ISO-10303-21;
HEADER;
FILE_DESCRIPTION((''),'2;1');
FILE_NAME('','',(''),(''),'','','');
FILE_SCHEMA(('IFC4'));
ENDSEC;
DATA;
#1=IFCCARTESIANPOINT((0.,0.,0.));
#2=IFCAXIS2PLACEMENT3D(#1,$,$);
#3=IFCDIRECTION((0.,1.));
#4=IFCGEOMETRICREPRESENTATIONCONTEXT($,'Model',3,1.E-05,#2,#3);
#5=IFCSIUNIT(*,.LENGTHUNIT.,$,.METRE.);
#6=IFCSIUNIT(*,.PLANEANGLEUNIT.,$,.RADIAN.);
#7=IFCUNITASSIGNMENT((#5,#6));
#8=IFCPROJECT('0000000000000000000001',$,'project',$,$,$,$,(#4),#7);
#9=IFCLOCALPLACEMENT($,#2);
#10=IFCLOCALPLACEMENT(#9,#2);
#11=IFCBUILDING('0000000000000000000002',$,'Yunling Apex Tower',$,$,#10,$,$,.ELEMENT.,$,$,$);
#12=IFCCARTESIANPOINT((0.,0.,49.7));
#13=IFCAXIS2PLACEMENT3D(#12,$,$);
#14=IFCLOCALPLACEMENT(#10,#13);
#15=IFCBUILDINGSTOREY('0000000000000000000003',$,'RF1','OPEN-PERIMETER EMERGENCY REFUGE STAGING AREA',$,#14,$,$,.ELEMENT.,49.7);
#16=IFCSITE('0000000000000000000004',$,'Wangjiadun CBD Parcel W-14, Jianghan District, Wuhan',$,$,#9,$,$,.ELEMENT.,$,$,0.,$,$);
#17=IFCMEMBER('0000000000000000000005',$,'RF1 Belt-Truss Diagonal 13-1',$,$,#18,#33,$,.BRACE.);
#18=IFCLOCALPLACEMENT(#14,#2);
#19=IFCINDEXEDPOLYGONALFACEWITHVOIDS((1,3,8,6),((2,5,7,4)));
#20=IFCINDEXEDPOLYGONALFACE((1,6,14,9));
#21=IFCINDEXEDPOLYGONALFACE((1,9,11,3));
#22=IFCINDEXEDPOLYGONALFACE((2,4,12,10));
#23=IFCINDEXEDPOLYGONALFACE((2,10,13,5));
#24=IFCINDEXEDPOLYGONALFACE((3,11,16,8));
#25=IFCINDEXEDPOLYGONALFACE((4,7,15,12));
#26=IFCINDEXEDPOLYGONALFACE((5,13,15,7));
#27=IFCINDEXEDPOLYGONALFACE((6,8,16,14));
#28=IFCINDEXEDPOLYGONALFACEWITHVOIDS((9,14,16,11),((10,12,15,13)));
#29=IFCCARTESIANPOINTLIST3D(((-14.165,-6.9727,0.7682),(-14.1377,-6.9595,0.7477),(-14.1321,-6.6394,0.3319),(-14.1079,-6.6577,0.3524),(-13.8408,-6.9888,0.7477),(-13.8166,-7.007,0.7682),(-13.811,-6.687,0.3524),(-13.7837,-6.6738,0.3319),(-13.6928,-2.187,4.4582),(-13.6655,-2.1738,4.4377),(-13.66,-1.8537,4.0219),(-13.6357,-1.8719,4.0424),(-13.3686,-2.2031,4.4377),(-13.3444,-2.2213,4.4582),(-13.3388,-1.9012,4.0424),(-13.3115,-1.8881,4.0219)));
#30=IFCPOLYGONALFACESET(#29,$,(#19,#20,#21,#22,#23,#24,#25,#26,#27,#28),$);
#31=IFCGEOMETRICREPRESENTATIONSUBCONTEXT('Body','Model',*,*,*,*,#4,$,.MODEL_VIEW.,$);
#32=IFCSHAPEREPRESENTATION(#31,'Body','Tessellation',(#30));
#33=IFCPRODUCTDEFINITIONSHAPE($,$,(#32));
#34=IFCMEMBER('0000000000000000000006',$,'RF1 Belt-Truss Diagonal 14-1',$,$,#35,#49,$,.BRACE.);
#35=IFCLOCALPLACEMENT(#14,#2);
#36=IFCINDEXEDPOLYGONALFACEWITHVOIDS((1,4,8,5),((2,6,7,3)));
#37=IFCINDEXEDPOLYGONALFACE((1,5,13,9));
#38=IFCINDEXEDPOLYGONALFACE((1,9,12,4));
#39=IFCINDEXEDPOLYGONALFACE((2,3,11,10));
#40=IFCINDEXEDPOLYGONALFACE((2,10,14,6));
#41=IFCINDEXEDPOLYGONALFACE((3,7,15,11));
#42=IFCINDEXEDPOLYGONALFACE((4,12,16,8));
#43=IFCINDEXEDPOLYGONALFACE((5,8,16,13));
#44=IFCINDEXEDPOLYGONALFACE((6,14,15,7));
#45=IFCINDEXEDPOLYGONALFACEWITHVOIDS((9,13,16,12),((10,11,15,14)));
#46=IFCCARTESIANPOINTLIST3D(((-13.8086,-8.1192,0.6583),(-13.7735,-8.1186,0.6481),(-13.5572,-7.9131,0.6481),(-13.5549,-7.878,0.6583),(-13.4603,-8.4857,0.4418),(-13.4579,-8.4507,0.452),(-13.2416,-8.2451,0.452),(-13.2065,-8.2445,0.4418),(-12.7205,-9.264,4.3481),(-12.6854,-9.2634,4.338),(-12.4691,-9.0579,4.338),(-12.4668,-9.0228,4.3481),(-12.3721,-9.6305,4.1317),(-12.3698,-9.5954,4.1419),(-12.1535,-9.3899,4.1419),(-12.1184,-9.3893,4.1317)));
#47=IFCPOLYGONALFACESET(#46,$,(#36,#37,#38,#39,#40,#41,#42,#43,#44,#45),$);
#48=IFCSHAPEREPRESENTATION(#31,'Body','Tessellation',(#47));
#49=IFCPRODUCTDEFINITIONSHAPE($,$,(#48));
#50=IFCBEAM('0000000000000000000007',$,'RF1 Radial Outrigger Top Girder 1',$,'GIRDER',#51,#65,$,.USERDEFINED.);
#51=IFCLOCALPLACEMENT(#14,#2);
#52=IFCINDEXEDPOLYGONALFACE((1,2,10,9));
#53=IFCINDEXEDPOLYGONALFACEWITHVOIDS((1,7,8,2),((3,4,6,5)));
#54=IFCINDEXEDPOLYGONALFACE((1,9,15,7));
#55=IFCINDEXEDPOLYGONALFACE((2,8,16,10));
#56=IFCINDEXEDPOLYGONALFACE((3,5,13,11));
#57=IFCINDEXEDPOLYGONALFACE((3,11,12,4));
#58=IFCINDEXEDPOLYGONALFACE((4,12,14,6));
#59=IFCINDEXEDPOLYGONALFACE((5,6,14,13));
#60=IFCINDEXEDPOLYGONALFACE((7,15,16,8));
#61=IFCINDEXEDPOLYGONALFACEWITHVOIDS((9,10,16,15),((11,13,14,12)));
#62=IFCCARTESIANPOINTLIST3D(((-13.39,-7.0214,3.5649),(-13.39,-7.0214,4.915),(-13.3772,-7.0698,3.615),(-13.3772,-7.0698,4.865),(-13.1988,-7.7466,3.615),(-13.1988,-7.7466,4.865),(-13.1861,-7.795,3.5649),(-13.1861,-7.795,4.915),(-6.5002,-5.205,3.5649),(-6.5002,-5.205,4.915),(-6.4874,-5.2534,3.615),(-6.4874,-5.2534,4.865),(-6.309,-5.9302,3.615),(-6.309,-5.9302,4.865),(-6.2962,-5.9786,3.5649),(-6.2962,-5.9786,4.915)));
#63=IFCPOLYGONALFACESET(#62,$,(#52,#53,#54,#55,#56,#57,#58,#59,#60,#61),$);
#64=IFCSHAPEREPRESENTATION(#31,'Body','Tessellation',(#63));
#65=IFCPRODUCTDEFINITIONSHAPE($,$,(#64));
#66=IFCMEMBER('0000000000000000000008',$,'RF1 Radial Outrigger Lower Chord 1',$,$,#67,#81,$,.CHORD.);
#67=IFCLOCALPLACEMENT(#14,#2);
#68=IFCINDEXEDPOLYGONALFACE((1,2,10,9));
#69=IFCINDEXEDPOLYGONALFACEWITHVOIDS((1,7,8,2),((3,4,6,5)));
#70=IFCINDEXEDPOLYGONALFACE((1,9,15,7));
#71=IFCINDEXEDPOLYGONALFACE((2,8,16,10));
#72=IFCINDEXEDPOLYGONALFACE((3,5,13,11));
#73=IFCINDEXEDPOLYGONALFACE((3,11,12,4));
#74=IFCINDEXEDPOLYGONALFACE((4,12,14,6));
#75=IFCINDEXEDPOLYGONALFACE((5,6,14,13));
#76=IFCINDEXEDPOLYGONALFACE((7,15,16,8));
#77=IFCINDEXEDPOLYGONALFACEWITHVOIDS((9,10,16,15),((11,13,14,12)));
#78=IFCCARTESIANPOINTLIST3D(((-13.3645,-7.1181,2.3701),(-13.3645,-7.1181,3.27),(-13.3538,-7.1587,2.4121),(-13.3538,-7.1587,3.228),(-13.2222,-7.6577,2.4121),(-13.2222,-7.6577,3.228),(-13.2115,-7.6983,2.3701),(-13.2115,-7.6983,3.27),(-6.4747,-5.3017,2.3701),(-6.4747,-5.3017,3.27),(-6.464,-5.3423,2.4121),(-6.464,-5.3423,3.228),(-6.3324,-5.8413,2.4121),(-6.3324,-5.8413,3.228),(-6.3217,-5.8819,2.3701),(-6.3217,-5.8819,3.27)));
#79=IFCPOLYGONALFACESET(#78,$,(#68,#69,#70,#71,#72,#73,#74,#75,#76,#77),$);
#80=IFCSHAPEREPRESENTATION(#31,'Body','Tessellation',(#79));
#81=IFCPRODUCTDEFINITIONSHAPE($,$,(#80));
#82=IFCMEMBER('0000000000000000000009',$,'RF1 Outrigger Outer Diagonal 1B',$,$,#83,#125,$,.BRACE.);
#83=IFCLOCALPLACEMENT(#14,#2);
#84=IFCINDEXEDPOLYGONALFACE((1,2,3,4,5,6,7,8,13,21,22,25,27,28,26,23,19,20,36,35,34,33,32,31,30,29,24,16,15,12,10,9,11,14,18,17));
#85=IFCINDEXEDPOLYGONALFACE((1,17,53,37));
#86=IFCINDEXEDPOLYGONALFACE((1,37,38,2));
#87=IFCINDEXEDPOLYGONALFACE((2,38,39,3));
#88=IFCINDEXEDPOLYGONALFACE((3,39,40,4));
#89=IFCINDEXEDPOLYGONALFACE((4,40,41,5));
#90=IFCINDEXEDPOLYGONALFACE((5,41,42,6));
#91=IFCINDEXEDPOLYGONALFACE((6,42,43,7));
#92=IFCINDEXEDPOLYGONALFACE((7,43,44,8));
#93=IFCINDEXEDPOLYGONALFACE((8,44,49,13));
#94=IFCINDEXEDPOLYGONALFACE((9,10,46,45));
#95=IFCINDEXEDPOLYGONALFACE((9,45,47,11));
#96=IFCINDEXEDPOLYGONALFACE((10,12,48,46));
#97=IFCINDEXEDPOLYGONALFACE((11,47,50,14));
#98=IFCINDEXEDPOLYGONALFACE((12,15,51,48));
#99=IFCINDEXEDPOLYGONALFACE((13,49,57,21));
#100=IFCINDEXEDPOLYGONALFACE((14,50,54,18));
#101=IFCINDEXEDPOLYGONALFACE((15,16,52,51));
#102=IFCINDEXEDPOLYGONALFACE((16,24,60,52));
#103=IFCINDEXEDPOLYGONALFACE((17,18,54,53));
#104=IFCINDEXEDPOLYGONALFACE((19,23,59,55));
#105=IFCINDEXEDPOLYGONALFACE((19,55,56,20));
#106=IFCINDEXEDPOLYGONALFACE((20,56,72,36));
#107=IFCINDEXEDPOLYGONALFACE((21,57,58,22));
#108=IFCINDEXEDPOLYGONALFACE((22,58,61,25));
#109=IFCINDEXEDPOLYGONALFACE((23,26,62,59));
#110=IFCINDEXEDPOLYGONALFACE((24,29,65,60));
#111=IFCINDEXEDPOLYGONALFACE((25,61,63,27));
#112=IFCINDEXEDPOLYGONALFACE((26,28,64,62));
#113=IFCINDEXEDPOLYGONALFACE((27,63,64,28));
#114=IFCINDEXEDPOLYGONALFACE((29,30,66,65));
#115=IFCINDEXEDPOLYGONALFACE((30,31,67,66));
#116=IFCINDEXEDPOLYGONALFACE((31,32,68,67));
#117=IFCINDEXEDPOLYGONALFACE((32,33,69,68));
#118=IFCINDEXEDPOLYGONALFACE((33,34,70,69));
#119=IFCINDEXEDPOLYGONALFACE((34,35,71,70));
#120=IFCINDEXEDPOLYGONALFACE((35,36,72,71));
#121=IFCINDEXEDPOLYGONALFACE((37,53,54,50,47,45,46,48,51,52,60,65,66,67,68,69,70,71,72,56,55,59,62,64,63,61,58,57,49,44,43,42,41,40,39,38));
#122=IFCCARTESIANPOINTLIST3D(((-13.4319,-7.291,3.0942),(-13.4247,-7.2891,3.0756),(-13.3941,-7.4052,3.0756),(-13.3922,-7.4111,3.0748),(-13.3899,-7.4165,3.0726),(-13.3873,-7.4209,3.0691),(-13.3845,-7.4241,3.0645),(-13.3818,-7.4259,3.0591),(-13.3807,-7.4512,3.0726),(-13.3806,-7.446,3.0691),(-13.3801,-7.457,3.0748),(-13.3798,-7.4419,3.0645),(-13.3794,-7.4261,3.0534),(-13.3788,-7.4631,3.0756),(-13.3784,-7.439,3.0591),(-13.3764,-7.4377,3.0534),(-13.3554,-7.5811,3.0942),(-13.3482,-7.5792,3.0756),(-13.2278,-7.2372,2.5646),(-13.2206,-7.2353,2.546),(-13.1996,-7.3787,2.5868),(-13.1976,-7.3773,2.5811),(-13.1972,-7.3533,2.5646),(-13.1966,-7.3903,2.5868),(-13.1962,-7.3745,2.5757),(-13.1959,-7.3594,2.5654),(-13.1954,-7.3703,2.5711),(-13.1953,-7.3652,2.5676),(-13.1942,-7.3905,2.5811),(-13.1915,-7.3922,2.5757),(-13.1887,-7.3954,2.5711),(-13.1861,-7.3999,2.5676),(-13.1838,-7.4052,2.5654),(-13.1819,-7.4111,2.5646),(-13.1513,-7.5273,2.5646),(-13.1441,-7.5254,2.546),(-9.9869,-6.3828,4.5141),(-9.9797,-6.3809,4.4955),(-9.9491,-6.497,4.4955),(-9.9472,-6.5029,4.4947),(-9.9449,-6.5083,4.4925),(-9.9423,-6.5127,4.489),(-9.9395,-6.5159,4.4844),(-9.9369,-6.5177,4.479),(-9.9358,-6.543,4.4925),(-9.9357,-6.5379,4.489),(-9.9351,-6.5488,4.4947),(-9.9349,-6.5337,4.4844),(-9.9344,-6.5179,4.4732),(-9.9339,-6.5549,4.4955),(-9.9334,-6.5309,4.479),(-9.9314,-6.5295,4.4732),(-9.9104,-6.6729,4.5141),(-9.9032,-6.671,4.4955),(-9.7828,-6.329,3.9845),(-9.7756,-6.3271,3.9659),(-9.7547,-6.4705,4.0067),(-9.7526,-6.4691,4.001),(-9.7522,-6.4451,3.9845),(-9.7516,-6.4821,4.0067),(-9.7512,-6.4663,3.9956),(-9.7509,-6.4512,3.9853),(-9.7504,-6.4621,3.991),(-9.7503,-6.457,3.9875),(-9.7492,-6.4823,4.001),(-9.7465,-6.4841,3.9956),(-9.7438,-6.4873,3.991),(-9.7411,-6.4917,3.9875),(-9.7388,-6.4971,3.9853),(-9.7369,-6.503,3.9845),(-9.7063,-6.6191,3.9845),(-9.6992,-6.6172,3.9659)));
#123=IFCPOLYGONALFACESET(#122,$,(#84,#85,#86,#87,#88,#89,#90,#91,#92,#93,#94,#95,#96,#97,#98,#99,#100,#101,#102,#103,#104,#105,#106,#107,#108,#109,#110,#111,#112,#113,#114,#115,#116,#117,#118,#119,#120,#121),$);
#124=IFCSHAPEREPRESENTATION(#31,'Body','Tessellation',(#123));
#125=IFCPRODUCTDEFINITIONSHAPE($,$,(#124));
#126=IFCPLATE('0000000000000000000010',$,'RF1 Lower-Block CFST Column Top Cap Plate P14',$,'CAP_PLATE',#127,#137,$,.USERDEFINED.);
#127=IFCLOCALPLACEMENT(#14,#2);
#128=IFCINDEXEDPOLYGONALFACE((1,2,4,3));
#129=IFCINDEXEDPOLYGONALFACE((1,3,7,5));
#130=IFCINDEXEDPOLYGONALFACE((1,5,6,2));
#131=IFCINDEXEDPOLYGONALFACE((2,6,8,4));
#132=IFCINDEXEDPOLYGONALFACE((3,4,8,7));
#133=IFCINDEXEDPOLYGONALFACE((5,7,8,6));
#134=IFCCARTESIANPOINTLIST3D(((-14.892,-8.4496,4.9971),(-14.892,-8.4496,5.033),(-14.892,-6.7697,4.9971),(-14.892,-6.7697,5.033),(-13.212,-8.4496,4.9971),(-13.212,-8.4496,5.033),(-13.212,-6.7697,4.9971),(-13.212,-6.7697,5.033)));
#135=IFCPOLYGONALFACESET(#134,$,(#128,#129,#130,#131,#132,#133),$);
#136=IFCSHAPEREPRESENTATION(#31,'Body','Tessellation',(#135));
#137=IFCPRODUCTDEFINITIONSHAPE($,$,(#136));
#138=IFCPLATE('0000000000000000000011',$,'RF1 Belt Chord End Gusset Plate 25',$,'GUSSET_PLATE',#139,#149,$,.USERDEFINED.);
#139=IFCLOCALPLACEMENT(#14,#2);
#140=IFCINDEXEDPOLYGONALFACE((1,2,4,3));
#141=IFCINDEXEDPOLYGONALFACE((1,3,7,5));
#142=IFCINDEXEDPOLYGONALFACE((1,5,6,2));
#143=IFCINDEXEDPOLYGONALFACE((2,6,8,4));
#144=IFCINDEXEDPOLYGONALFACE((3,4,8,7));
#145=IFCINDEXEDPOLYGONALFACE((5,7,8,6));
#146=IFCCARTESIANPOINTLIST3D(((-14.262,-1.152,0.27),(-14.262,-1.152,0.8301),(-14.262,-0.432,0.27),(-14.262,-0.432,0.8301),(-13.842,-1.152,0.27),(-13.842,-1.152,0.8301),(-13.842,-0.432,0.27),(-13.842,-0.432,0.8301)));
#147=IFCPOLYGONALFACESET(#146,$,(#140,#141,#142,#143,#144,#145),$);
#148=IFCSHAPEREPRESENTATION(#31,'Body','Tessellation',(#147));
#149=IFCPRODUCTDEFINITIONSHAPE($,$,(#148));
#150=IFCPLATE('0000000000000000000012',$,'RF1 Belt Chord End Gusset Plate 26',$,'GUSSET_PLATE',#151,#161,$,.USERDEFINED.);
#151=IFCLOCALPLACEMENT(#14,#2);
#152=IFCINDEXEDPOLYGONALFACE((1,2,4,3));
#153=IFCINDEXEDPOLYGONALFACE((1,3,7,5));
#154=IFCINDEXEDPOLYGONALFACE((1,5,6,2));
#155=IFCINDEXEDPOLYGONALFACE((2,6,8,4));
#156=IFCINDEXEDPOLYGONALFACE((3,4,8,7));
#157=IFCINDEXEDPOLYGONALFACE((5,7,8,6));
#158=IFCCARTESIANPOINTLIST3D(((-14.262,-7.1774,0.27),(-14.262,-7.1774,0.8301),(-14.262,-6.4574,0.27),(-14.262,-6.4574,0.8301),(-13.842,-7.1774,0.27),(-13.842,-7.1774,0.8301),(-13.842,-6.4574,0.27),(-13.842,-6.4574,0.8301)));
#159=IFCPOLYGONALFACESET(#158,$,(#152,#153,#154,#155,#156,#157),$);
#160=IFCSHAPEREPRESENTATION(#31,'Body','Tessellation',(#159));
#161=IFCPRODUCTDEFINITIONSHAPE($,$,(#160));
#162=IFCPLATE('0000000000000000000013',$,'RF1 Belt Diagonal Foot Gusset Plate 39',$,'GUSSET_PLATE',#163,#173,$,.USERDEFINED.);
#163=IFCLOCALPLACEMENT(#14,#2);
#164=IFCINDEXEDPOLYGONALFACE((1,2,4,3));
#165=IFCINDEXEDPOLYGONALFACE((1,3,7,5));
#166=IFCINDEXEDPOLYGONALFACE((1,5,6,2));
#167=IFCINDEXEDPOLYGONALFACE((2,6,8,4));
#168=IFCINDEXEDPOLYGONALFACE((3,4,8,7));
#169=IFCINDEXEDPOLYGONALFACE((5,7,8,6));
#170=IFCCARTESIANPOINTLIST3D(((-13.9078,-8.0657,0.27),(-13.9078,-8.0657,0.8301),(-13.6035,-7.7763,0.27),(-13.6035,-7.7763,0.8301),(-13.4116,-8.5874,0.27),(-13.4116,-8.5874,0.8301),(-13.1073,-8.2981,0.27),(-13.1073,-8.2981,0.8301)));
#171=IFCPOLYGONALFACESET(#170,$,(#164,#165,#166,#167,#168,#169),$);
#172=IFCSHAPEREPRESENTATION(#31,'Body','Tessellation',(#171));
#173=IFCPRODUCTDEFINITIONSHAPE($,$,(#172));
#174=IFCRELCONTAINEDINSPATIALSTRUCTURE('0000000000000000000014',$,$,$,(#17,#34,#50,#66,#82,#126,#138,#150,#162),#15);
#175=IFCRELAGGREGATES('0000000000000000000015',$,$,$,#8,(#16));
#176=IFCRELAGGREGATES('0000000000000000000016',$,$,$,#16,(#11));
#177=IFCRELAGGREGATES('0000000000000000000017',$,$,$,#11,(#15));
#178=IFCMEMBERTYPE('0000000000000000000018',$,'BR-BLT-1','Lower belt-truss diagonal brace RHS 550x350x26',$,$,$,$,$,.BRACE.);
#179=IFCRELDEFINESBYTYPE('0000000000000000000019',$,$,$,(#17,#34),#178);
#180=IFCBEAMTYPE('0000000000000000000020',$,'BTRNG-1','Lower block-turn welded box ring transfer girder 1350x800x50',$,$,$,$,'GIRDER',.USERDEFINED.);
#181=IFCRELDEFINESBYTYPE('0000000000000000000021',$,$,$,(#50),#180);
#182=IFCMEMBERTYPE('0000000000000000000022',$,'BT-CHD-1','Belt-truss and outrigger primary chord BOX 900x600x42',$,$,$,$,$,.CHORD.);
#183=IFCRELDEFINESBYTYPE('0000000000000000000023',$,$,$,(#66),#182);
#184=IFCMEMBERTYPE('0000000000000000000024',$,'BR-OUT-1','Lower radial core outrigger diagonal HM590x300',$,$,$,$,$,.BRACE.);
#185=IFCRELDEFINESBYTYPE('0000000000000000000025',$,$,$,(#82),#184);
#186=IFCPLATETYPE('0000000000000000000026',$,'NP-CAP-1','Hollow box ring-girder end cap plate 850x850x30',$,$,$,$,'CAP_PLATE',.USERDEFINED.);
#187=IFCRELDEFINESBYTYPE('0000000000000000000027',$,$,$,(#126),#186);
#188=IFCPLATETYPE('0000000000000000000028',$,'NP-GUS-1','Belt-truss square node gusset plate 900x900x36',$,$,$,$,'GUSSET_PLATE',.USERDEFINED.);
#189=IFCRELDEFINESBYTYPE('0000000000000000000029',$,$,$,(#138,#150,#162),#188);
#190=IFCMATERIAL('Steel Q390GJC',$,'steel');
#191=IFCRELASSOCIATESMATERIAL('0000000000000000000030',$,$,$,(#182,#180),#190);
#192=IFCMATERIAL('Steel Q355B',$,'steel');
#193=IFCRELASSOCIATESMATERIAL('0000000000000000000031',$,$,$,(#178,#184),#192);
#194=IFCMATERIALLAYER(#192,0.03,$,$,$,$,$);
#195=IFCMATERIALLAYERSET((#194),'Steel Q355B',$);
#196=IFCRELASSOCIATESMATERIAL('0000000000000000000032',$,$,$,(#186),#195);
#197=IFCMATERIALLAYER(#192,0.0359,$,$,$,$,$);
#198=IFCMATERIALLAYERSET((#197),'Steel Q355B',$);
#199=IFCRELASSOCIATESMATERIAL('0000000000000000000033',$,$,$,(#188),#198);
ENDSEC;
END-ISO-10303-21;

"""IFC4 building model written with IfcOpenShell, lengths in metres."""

from ifc_helpers import new_model, si_unit, direction, frame, origin, origin_2d, place, context, subcontext, project, spatial, rectangle, hollow_rectangle, i_section, extrude, source, transform, mapped, material, layer, layer_set, material_profile, profile_set, type_object, element, save


model = new_model("IFC4")

# Units and contexts
model_context = context("Model", 3, precision=1e-05, world=origin(), true_north=direction((0.0, 1.0)))
body_context = subcontext(model_context, "Body", "Model", "MODEL_VIEW")
ifc_project = project(units=[si_unit("LENGTHUNIT", "METRE"), si_unit("PLANEANGLEUNIT", "RADIAN")], contexts=[model_context])

# Site, building, storey
site_placement = place(None, origin())
site = spatial("IfcSite", under=ifc_project, at=site_placement, Name="Wangjiadun CBD Parcel W-14, Jianghan District, Wuhan", CompositionType="ELEMENT", RefElevation=0.0)
building_placement = place(site_placement, origin())
building = spatial("IfcBuilding", under=site, at=building_placement, Name="Yunling Apex Tower", CompositionType="ELEMENT")
storey_placement = place(building_placement, frame((0.0, 0.0, 49.7)))
storey = spatial("IfcBuildingStorey", under=building, at=storey_placement, Name="RF1", Description="OPEN-PERIMETER EMERGENCY REFUGE STAGING AREA", CompositionType="ELEMENT", Elevation=49.7)

# Shared definitions
ifc_material_1 = material(Name="Steel Q390GJC", Category="steel")

# Shared definitions
ifc_material_profile_1 = material_profile(ifc_material_1, hollow_rectangle(XDim=0.6001, YDim=0.8999, WallThickness=0.042, at=origin_2d()))
ifc_profile_set_1 = profile_set([ifc_material_profile_1], Name="Steel Q390GJC")
member_type_1 = type_object("IfcMemberType", Name="BT-CHD-1", Description="Belt-truss and outrigger primary chord BOX 900x600x42", PredefinedType="CHORD", material=ifc_profile_set_1)

# Shared definitions
ifc_material_profile_2 = material_profile(ifc_material_1, hollow_rectangle(XDim=0.8, YDim=1.3501, WallThickness=0.05, at=origin_2d()))
ifc_profile_set_2 = profile_set([ifc_material_profile_2], Name="Steel Q390GJC")
beam_type = type_object("IfcBeamType", Name="BTRNG-1", Description="Lower block-turn welded box ring transfer girder 1350x800x50", ElementType="GIRDER", PredefinedType="USERDEFINED", material=ifc_profile_set_2)

# Members
ifc_material_2 = material(Name="Steel Q355B", Category="steel")
ifc_material_profile_3 = material_profile(ifc_material_2, hollow_rectangle(XDim=0.3501, YDim=0.55, WallThickness=0.0259, at=origin_2d()))
ifc_profile_set_3 = profile_set([ifc_material_profile_3], Name="Steel Q355B")
member_type_2 = type_object("IfcMemberType", Name="BR-BLT-1", Description="Lower belt-truss diagonal brace RHS 550x350x26", PredefinedType="BRACE", material=ifc_profile_set_3)
shared_shape_1 = source(origin(), body_context, "Body", "SweptSolid", [
    extrude(hollow_rectangle(XDim=0.3501, YDim=0.55, WallThickness=0.0259, at=origin_2d()), origin(), (0.0, 0.0, 1.0), 6.0615),
])
member_1_placement = place(storey_placement, frame((-13.9744, -6.8232, 0.55), z_axis=(0.077897, 0.789523, 0.608757), x_axis=(-0.995168, 0.098187, 0.0)))
element("IfcMember", 1, at=member_1_placement, inside=storey, type_object=member_type_2, Name="RF1 Belt-Truss Diagonal 13-1", PredefinedType="BRACE", context=body_context, shape_type="MappedRepresentation", body=[
    mapped(shared_shape_1, transform((0.0, 0.0, 0.0), scale=1.0)),
])
shared_shape_2 = source(origin(), body_context, "Body", "SweptSolid", [
    extrude(hollow_rectangle(XDim=0.3501, YDim=0.55, WallThickness=0.0259, at=origin_2d()), origin(), (0.0, 0.0, 1.0), 4.0137),
])
member_2_placement = place(storey_placement, frame((-13.5076, -8.1819, 0.55), z_axis=(0.271102, -0.285213, 0.919324), x_axis=(0.72481, 0.688948, 0.0)))
element("IfcMember", 2, at=member_2_placement, inside=storey, type_object=member_type_2, Name="RF1 Belt-Truss Diagonal 14-1", PredefinedType="BRACE", context=body_context, shape_type="MappedRepresentation", body=[
    mapped(shared_shape_2, transform((0.0, 0.0, 0.0), scale=1.0)),
])

# Beam
shared_shape_3 = source(origin(), body_context, "Body", "SweptSolid", [
    extrude(hollow_rectangle(XDim=0.8, YDim=1.3501, WallThickness=0.05, at=origin_2d()), origin(), (0.0, 0.0, 1.0), 7.1252),
])
beam_1_placement = place(storey_placement, frame((-6.3982, -5.5918, 4.24), z_axis=(-0.966961, -0.254923, 0.0), x_axis=(0.254923, -0.966961, 0.0)))
element("IfcBeam", 3, at=beam_1_placement, inside=storey, type_object=beam_type, Name="RF1 Radial Outrigger Top Girder 1", ObjectType="GIRDER", PredefinedType="USERDEFINED", context=body_context, shape_type="MappedRepresentation", body=[
    mapped(shared_shape_3, transform((0.0, 0.0, 0.0), scale=1.0)),
])

# Members
shared_shape_4 = source(origin(), body_context, "Body", "SweptSolid", [
    extrude(hollow_rectangle(XDim=0.6001, YDim=0.8999, WallThickness=0.042, at=origin_2d()), origin(), (0.0, 0.0, 1.0), 7.1252),
])
member_3_placement = place(storey_placement, frame((-6.3982, -5.5918, 2.8201), z_axis=(-0.966961, -0.254923, 0.0), x_axis=(0.254923, -0.966961, 0.0)))
element("IfcMember", 4, at=member_3_placement, inside=storey, type_object=member_type_1, Name="RF1 Radial Outrigger Lower Chord 1", PredefinedType="CHORD", context=body_context, shape_type="MappedRepresentation", body=[
    mapped(shared_shape_4, transform((0.0, 0.0, 0.0), scale=1.0)),
])
ifc_material_profile_4 = material_profile(ifc_material_2, i_section(OverallWidth=0.3, OverallDepth=0.5901, WebThickness=0.012, FlangeThickness=0.02, FilletRadius=0.0239, at=origin_2d()))
ifc_profile_set_4 = profile_set([ifc_material_profile_4], Name="Steel Q355B")
member_type_3 = type_object("IfcMemberType", Name="BR-OUT-1", Description="Lower radial core outrigger diagonal HM590x300", PredefinedType="BRACE", material=ifc_profile_set_4)
shared_shape_5 = source(origin(), body_context, "Body", "SweptSolid", [
    extrude(i_section(OverallWidth=0.3, OverallDepth=0.5901, WebThickness=0.012, FlangeThickness=0.02, FilletRadius=0.0239, at=origin_2d()), origin(), (0.0, 0.0, 1.0), 3.8352),
])
member_4_placement = place(storey_placement, frame((-9.843, -6.5, 4.24), z_axis=(-0.898253, -0.236801, -0.370225), x_axis=(0.254915, -0.966963, 0.0)))
element("IfcMember", 5, at=member_4_placement, inside=storey, type_object=member_type_3, Name="RF1 Outrigger Outer Diagonal 1B", PredefinedType="BRACE", context=body_context, shape_type="MappedRepresentation", body=[
    mapped(shared_shape_5, transform((0.0, 0.0, 0.0), scale=1.0)),
])

# Plates
ifc_layer_1 = layer(ifc_material_2, 0.03)
ifc_layer_set_1 = layer_set([ifc_layer_1], Name="Steel Q355B")
plate_type_1 = type_object("IfcPlateType", Name="NP-CAP-1", Description="Hollow box ring-girder end cap plate 850x850x30", ElementType="CAP_PLATE", PredefinedType="USERDEFINED", material=ifc_layer_set_1)
shared_shape_6 = source(origin(), body_context, "Body", "SweptSolid", [
    extrude(rectangle(XDim=1.6799, YDim=1.6799, at=origin_2d()), origin(), (0.0, 0.0, 1.0), 0.0359),
])
plate_1_placement = place(storey_placement, frame((-14.052, -7.6096, 4.9971), z_axis=(0.0, 0.0, 1.0), x_axis=(1.0, 0.0, 0.0)))
element("IfcPlate", 6, at=plate_1_placement, inside=storey, type_object=plate_type_1, Name="RF1 Lower-Block CFST Column Top Cap Plate P14", ObjectType="CAP_PLATE", PredefinedType="USERDEFINED", context=body_context, shape_type="MappedRepresentation", body=[
    mapped(shared_shape_6, transform((0.0, 0.0, 0.0), scale=1.0)),
])
ifc_layer_2 = layer(ifc_material_2, 0.0359)
ifc_layer_set_2 = layer_set([ifc_layer_2], Name="Steel Q355B")
plate_type_2 = type_object("IfcPlateType", Name="NP-GUS-1", Description="Belt-truss square node gusset plate 900x900x36", ElementType="GUSSET_PLATE", PredefinedType="USERDEFINED", material=ifc_layer_set_2)
shared_shape_7 = source(origin(), body_context, "Body", "SweptSolid", [
    extrude(rectangle(XDim=0.72, YDim=0.4199, at=origin_2d()), origin(), (0.0, 0.0, 1.0), 0.5601),
])
for number, where, z_axis, x_axis, name in (
    (7, (-14.052, -0.792, 0.27), (0.0, 0.0, 1.0), (0.0, -1.0, 0.0), "RF1 Belt Chord End Gusset Plate 25"),
    (8, (-14.052, -6.8174, 0.27), (0.0, 0.0, 1.0), (0.0, -1.0, 0.0), "RF1 Belt Chord End Gusset Plate 26"),
    (9, (-13.5076, -8.1819, 0.27), (0.0, 0.0, 1.0), (0.689114, -0.724653, 0.0), "RF1 Belt Diagonal Foot Gusset Plate 39"),
):
    element("IfcPlate", number, at=place(storey_placement, frame(where, z_axis=z_axis, x_axis=x_axis)), inside=storey, type_object=plate_type_2, Name=name, ObjectType="GUSSET_PLATE", PredefinedType="USERDEFINED", context=body_context, shape_type="MappedRepresentation", body=[
        mapped(shared_shape_7, transform((0.0, 0.0, 0.0), scale=1.0)),
    ])

save(model, "model.ifc")
